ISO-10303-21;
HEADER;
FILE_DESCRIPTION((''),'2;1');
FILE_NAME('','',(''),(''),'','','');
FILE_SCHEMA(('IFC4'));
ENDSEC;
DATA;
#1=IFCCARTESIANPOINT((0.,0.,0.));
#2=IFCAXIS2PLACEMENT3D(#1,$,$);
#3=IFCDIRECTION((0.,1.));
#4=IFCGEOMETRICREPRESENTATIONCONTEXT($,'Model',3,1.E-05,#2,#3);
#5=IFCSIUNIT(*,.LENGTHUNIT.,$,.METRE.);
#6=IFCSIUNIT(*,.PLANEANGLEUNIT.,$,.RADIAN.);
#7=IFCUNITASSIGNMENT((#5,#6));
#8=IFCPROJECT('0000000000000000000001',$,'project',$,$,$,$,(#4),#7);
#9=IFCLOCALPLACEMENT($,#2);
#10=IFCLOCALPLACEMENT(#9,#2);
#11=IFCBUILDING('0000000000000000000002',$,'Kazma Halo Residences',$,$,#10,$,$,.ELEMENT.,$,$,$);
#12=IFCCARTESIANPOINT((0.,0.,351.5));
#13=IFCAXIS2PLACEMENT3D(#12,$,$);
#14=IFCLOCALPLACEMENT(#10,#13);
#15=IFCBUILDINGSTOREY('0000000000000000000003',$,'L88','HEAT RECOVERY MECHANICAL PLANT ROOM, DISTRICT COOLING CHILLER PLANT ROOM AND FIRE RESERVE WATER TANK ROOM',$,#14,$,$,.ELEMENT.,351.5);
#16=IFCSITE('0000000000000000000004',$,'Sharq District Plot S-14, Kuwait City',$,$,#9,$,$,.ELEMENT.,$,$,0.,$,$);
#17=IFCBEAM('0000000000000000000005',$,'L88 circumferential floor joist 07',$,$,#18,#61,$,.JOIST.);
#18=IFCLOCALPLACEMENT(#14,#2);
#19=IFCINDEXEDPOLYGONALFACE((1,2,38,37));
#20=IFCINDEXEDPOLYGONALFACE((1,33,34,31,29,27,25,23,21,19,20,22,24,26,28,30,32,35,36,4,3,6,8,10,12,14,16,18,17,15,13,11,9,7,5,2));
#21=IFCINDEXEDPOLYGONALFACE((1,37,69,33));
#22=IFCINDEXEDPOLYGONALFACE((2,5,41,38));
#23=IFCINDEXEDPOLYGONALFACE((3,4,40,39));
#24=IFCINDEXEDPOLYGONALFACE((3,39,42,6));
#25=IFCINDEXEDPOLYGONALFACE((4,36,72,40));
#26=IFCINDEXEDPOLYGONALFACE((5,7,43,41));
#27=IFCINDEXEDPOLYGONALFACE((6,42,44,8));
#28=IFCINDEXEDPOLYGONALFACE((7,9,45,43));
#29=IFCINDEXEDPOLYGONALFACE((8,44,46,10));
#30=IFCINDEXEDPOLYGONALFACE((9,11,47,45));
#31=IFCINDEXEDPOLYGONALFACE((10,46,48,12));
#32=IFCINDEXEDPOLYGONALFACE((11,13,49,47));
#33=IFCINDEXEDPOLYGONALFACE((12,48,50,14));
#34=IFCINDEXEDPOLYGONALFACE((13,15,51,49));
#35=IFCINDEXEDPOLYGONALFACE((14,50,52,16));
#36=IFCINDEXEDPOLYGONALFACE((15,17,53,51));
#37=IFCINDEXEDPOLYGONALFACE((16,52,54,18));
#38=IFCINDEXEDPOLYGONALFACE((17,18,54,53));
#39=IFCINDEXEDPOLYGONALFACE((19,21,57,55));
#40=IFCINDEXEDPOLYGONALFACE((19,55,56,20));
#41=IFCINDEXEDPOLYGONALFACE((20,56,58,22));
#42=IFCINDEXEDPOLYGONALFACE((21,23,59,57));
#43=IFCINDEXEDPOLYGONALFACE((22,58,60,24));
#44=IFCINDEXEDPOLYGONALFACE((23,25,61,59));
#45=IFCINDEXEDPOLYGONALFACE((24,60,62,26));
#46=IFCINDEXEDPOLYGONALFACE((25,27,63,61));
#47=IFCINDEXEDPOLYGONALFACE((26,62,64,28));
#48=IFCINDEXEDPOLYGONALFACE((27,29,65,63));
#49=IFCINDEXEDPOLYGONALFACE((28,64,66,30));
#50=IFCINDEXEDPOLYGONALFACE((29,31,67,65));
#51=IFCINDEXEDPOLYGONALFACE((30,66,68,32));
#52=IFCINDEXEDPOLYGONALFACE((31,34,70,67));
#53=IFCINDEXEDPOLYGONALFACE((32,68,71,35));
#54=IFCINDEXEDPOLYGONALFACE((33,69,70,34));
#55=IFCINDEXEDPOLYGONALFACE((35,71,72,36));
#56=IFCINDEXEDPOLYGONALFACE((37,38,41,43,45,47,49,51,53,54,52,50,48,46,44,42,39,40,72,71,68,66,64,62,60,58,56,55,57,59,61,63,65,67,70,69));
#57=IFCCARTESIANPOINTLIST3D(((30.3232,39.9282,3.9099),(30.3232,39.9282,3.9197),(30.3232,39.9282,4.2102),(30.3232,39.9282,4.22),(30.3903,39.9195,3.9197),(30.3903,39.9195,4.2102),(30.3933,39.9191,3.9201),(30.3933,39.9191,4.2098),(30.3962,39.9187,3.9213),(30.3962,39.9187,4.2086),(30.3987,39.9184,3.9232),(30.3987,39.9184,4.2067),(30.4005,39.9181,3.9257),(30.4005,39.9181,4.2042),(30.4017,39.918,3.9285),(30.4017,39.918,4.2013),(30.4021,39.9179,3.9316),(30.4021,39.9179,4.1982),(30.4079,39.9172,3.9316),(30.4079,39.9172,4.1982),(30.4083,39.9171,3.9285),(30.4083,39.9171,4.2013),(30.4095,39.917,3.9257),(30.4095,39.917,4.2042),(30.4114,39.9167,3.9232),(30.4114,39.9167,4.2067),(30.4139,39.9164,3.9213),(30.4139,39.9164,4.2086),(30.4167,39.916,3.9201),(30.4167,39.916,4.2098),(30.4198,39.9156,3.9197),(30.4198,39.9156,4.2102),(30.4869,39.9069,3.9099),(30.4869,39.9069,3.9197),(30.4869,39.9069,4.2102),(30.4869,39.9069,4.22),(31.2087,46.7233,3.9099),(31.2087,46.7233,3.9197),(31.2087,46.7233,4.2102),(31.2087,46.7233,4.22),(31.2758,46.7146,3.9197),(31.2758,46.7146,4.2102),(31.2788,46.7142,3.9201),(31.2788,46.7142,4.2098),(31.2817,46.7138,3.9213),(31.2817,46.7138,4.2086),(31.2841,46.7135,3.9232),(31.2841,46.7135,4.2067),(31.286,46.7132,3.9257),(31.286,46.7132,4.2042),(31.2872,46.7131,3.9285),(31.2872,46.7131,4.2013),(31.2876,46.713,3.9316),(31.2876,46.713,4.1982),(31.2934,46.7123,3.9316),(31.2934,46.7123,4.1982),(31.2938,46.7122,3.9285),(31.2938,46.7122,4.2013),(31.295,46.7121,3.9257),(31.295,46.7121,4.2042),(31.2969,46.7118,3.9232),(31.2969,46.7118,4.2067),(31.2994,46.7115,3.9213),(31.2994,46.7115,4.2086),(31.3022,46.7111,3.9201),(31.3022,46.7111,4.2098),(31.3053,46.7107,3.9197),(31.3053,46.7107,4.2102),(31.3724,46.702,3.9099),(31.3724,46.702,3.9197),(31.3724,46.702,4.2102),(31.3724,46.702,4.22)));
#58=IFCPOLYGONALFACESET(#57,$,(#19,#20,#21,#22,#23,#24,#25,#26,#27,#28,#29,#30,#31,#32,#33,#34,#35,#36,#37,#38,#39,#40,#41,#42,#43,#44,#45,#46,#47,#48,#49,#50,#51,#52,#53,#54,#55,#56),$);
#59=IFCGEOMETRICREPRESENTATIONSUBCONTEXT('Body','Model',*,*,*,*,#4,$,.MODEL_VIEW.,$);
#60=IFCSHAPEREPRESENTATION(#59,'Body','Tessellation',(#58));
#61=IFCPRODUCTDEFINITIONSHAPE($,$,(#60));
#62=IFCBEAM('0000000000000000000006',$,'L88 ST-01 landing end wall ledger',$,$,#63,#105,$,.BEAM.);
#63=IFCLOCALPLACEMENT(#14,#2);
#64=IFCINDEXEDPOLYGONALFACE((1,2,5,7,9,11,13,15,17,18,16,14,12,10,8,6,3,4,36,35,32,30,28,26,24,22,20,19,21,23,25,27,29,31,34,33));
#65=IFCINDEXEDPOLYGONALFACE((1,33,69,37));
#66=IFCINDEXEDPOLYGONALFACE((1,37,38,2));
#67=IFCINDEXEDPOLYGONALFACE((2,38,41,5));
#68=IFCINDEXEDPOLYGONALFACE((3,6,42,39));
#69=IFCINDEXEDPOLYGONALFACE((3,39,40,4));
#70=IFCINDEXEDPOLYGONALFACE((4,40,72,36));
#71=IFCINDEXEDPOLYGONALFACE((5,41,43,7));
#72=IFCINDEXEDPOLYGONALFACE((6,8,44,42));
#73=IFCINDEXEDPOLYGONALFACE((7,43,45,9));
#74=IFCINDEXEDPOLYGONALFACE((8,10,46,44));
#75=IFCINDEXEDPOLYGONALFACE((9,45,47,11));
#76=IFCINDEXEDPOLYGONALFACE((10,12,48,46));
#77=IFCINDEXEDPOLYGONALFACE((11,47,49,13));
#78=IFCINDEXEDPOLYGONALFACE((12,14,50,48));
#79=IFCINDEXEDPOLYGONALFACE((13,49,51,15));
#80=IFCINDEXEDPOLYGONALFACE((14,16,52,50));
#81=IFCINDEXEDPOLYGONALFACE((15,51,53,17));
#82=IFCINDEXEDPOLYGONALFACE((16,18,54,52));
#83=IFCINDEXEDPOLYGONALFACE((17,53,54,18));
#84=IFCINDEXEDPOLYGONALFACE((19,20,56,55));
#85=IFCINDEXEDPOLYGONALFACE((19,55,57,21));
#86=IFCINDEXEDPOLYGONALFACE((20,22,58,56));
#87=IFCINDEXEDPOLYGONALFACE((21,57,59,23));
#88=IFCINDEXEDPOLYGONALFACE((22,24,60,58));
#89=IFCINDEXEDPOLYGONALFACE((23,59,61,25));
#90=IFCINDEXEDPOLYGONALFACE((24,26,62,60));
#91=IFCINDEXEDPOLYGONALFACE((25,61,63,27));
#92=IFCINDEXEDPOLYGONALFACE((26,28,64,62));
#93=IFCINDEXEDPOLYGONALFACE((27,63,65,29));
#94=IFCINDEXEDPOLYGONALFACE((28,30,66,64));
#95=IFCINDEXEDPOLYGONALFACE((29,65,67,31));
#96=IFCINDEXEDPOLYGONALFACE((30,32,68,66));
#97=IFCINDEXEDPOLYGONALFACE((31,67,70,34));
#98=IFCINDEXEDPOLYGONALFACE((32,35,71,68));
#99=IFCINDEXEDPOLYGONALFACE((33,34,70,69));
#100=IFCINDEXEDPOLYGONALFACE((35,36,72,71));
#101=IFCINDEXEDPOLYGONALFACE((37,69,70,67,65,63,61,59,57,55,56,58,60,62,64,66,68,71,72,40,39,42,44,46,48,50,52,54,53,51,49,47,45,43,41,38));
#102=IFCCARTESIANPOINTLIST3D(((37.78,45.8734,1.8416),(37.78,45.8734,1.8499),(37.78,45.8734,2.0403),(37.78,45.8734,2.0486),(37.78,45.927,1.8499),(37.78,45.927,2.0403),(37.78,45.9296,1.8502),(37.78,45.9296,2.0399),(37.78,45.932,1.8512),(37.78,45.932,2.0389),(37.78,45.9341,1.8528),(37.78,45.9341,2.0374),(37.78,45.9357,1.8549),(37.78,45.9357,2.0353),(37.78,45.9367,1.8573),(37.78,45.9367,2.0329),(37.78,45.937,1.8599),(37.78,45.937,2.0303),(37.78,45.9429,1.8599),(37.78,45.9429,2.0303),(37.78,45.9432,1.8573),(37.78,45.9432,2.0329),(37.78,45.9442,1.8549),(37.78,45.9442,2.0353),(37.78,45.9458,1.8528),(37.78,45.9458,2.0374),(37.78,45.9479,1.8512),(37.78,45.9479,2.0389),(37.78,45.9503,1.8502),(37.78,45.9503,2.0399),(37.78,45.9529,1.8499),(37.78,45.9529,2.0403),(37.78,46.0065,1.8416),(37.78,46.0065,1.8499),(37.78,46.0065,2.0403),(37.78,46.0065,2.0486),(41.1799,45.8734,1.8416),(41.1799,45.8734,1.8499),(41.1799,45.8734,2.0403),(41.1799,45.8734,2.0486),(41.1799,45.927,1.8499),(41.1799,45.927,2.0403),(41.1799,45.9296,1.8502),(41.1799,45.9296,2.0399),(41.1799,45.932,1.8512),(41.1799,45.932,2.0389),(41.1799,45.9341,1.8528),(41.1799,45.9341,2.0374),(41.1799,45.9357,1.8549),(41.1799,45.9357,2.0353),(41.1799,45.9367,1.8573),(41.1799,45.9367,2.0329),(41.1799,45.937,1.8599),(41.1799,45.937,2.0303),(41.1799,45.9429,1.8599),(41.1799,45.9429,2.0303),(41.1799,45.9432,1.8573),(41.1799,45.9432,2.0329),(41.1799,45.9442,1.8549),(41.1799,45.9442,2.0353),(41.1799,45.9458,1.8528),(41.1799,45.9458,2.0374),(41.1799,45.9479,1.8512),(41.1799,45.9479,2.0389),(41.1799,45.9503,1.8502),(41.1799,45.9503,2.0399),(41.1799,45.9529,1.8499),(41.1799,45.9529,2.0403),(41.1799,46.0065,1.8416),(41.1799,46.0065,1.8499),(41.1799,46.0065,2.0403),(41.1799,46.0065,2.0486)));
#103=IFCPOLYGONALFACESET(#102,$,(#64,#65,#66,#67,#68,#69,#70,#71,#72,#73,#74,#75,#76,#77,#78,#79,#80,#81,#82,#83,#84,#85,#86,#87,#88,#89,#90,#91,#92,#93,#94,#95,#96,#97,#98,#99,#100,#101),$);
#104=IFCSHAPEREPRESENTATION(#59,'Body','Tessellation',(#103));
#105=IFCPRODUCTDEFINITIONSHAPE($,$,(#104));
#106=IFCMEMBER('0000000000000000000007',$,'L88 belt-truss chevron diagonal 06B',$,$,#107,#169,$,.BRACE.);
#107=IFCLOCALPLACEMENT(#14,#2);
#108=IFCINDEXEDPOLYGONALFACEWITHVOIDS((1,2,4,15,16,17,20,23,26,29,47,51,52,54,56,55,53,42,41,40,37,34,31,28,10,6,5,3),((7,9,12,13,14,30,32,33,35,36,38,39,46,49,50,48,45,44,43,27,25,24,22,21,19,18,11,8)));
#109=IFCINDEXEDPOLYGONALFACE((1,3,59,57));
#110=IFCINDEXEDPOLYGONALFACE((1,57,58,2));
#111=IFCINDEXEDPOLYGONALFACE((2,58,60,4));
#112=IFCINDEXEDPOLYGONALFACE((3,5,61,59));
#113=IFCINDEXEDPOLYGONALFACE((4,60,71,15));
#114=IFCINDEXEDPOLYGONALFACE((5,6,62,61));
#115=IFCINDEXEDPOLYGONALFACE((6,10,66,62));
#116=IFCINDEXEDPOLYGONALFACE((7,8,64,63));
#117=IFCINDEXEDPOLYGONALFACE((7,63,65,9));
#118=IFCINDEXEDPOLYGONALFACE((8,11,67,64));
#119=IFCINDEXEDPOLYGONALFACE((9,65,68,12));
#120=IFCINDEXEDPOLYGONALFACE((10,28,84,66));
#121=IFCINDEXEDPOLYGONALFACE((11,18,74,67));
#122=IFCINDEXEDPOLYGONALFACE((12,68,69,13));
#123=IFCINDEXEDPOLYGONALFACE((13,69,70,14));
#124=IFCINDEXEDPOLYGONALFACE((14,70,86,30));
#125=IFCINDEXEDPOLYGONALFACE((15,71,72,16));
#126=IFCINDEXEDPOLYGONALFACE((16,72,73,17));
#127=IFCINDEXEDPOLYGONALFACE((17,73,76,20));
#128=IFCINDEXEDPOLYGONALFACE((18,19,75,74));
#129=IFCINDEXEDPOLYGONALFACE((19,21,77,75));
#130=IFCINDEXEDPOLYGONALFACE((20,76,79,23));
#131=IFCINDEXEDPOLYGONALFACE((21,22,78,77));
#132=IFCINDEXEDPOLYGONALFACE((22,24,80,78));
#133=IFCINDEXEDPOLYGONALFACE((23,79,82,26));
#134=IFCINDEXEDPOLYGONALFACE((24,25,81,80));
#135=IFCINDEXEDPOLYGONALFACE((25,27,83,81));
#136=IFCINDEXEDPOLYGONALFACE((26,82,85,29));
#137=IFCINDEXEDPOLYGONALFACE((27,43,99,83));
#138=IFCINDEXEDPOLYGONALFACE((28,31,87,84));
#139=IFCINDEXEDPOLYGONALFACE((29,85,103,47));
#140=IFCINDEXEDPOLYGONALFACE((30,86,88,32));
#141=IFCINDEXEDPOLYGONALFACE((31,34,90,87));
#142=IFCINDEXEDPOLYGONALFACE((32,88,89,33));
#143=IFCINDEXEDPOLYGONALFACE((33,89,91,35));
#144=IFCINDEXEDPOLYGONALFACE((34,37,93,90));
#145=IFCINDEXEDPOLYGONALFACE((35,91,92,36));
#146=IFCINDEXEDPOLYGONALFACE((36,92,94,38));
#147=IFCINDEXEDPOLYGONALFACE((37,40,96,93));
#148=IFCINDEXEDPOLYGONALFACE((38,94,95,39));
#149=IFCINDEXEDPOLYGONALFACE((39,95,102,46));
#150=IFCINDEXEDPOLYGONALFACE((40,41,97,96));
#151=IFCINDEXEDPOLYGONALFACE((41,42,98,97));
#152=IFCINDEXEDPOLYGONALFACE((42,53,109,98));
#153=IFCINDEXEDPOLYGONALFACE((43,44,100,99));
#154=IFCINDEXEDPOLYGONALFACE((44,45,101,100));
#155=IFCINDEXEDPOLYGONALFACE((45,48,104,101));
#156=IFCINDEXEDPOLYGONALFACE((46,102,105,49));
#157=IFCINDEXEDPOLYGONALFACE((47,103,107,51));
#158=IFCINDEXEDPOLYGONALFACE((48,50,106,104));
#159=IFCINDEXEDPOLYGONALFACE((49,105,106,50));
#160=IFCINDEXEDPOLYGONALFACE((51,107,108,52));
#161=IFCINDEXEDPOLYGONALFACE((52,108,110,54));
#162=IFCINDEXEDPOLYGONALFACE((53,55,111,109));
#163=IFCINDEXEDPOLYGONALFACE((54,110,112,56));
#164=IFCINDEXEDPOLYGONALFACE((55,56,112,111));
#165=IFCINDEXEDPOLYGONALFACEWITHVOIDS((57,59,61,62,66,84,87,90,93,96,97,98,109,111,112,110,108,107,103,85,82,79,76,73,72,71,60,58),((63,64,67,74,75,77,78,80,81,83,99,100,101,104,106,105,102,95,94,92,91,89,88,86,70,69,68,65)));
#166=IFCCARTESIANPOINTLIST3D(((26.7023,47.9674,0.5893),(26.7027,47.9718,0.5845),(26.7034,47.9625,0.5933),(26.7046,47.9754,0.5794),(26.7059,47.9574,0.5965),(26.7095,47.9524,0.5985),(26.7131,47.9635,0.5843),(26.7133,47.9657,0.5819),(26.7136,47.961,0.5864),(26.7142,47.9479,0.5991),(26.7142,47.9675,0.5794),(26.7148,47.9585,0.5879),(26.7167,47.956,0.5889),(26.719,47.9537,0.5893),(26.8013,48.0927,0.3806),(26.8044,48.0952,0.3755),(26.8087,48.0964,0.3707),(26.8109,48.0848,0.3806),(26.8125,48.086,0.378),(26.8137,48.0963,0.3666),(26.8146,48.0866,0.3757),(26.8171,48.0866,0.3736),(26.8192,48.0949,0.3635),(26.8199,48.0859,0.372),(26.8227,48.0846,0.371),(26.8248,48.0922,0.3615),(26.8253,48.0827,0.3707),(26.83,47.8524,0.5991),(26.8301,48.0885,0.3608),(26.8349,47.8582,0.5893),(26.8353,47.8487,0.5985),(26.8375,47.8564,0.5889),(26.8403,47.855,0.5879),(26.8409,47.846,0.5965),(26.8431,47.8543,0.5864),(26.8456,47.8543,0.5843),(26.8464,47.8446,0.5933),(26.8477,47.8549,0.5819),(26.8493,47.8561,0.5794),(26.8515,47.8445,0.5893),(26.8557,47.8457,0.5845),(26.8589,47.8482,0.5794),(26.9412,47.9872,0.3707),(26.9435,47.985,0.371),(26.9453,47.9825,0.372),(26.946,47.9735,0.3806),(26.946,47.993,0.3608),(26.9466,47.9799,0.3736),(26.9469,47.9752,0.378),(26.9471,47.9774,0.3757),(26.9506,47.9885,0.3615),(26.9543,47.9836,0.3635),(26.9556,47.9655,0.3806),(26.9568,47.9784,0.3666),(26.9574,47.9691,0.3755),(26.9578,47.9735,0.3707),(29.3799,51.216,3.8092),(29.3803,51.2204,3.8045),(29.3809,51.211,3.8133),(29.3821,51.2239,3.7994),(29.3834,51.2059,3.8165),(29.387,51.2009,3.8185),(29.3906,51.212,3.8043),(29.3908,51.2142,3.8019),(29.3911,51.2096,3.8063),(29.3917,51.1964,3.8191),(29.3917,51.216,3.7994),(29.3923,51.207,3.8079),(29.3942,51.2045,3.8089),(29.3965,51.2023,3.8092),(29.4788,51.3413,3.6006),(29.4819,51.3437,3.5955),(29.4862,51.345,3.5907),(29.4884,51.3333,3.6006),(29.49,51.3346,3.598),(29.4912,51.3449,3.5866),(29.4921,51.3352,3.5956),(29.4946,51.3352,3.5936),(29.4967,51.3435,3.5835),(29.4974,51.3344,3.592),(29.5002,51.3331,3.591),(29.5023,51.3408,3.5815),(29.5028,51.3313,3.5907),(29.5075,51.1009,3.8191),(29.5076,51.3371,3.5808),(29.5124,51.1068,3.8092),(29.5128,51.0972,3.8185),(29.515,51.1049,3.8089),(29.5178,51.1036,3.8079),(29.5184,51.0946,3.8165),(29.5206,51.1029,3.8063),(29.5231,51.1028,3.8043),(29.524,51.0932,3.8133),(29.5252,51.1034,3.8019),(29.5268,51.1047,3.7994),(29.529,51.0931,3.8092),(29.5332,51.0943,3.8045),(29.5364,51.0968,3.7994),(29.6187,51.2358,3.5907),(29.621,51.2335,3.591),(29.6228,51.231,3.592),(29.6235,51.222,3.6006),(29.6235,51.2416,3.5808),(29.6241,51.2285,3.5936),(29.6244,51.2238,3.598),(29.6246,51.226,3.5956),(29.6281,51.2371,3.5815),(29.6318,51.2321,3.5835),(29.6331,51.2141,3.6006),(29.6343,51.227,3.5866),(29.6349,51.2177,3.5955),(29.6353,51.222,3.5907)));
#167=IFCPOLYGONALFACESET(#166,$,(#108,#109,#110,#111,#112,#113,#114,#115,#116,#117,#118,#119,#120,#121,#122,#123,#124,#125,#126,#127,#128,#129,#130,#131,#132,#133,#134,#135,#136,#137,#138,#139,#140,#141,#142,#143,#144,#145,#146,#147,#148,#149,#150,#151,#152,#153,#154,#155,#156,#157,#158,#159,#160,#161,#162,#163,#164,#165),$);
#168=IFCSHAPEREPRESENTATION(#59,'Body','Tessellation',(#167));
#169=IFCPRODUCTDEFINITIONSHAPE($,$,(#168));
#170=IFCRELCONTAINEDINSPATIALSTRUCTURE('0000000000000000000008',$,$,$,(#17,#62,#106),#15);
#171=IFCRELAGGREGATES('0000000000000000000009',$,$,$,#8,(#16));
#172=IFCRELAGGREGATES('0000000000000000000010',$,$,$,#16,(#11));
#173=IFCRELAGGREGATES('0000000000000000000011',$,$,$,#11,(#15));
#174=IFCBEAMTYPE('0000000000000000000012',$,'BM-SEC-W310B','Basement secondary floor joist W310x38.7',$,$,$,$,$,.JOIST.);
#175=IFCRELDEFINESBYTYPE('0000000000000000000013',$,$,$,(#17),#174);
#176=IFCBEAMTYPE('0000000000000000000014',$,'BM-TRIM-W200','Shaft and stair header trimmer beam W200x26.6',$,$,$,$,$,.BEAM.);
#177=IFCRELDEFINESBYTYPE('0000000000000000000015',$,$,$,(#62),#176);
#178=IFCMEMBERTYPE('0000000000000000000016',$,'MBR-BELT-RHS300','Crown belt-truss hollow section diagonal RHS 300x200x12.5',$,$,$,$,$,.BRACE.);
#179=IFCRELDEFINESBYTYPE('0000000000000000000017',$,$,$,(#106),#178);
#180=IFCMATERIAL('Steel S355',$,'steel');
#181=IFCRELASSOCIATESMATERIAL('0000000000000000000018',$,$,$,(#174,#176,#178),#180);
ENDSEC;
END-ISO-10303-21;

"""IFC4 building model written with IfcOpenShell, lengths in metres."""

from ifc_helpers import new_model, si_unit, direction, frame, origin, origin_2d, place, context, subcontext, project, spatial, hollow_rectangle, i_section, extrude, material, material_profile, profile_set, type_object, element, save


model = new_model("IFC4")

# Units and contexts
model_context = context("Model", 3, precision=1e-05, world=origin(), true_north=direction((0.0, 1.0)))
body_context = subcontext(model_context, "Body", "Model", "MODEL_VIEW")
ifc_project = project(units=[si_unit("LENGTHUNIT", "METRE"), si_unit("PLANEANGLEUNIT", "RADIAN")], contexts=[model_context])

# Site, building, storey
site_placement = place(None, origin())
site = spatial("IfcSite", under=ifc_project, at=site_placement, Name="Sharq District Plot S-14, Kuwait City", CompositionType="ELEMENT", RefElevation=0.0)
building_placement = place(site_placement, origin())
building = spatial("IfcBuilding", under=site, at=building_placement, Name="Kazma Halo Residences", CompositionType="ELEMENT")
storey_placement = place(building_placement, frame((0.0, 0.0, 351.5)))
storey = spatial("IfcBuildingStorey", under=building, at=storey_placement, Name="L88", Description="HEAT RECOVERY MECHANICAL PLANT ROOM, DISTRICT COOLING CHILLER PLANT ROOM AND FIRE RESERVE WATER TANK ROOM", CompositionType="ELEMENT", Elevation=351.5)

# Shared definitions
ifc_material_1 = material(Name="Steel S355", Category="steel")

# Beams
ifc_material_profile_1 = material_profile(ifc_material_1, i_section(OverallWidth=0.165, OverallDepth=0.3101, WebThickness=0.0059, FlangeThickness=0.0098, FilletRadius=0.012, at=origin_2d()), Name="W310x38.7")
ifc_profile_set_1 = profile_set([ifc_material_profile_1], Name="Steel S355")
beam_type_1 = type_object("IfcBeamType", Name="BM-SEC-W310B", Description="Basement secondary floor joist W310x38.7", PredefinedType="JOIST", material=ifc_profile_set_1)
beam_1_placement = place(storey_placement, frame((31.2905, 46.7126, 4.0649), z_axis=(-0.12922, -0.991616, 0.0), x_axis=(0.991616, -0.12922, 0.0)))
element("IfcBeam", 1, at=beam_1_placement, inside=storey, type_object=beam_type_1, Name="L88 circumferential floor joist 07", PredefinedType="JOIST", context=body_context, shape_type="SweptSolid", body=[
    extrude(i_section(OverallWidth=0.165, OverallDepth=0.3101, WebThickness=0.0059, FlangeThickness=0.0098, FilletRadius=0.012, at=origin_2d()), origin(), (0.0, 0.0, 1.0), 6.8525),
])
ifc_material_profile_2 = material_profile(ifc_material_1, i_section(OverallWidth=0.1331, OverallDepth=0.207, WebThickness=0.0059, FlangeThickness=0.0083, FilletRadius=0.01, at=origin_2d()), Name="W200x26.6")
ifc_profile_set_2 = profile_set([ifc_material_profile_2], Name="Steel S355")
beam_type_2 = type_object("IfcBeamType", Name="BM-TRIM-W200", Description="Shaft and stair header trimmer beam W200x26.6", PredefinedType="BEAM", material=ifc_profile_set_2)
beam_2_placement = place(storey_placement, frame((37.78, 45.9399, 1.9451), z_axis=(1.0, 0.0, 0.0), x_axis=(0.0, 1.0, 0.0)))
element("IfcBeam", 2, at=beam_2_placement, inside=storey, type_object=beam_type_2, Name="L88 ST-01 landing end wall ledger", PredefinedType="BEAM", context=body_context, shape_type="SweptSolid", body=[
    extrude(i_section(OverallWidth=0.1331, OverallDepth=0.207, WebThickness=0.0059, FlangeThickness=0.0083, FilletRadius=0.01, at=origin_2d()), origin(), (0.0, 0.0, 1.0), 3.3999),
])

# Member
ifc_material_profile_3 = material_profile(ifc_material_1, hollow_rectangle(XDim=0.2, YDim=0.3, WallThickness=0.0125, InnerFilletRadius=0.0125, OuterFilletRadius=0.0249, at=origin_2d()), Name="RHS300x200x12.5")
ifc_profile_set_3 = profile_set([ifc_material_profile_3], Name="Steel S355")
member_type_1 = type_object("IfcMemberType", Name="MBR-BELT-RHS300", Description="Crown belt-truss hollow section diagonal RHS 300x200x12.5", PredefinedType="BRACE", material=ifc_profile_set_3)
member_1_placement = place(storey_placement, frame((26.8301, 47.9705, 0.48), z_axis=(0.505186, 0.61293, 0.60754), x_axis=(-0.771671, 0.636022, 0.0)))
element("IfcMember", 3, at=member_1_placement, inside=storey, type_object=member_type_1, Name="L88 belt-truss chevron diagonal 06B", PredefinedType="BRACE", context=body_context, shape_type="SweptSolid", body=[
    extrude(hollow_rectangle(XDim=0.2, YDim=0.3, WallThickness=0.0125, InnerFilletRadius=0.0125, OuterFilletRadius=0.0249, at=origin_2d()), origin(), (0.0, 0.0, 1.0), 5.3),
])

save(model, "model.ifc")
